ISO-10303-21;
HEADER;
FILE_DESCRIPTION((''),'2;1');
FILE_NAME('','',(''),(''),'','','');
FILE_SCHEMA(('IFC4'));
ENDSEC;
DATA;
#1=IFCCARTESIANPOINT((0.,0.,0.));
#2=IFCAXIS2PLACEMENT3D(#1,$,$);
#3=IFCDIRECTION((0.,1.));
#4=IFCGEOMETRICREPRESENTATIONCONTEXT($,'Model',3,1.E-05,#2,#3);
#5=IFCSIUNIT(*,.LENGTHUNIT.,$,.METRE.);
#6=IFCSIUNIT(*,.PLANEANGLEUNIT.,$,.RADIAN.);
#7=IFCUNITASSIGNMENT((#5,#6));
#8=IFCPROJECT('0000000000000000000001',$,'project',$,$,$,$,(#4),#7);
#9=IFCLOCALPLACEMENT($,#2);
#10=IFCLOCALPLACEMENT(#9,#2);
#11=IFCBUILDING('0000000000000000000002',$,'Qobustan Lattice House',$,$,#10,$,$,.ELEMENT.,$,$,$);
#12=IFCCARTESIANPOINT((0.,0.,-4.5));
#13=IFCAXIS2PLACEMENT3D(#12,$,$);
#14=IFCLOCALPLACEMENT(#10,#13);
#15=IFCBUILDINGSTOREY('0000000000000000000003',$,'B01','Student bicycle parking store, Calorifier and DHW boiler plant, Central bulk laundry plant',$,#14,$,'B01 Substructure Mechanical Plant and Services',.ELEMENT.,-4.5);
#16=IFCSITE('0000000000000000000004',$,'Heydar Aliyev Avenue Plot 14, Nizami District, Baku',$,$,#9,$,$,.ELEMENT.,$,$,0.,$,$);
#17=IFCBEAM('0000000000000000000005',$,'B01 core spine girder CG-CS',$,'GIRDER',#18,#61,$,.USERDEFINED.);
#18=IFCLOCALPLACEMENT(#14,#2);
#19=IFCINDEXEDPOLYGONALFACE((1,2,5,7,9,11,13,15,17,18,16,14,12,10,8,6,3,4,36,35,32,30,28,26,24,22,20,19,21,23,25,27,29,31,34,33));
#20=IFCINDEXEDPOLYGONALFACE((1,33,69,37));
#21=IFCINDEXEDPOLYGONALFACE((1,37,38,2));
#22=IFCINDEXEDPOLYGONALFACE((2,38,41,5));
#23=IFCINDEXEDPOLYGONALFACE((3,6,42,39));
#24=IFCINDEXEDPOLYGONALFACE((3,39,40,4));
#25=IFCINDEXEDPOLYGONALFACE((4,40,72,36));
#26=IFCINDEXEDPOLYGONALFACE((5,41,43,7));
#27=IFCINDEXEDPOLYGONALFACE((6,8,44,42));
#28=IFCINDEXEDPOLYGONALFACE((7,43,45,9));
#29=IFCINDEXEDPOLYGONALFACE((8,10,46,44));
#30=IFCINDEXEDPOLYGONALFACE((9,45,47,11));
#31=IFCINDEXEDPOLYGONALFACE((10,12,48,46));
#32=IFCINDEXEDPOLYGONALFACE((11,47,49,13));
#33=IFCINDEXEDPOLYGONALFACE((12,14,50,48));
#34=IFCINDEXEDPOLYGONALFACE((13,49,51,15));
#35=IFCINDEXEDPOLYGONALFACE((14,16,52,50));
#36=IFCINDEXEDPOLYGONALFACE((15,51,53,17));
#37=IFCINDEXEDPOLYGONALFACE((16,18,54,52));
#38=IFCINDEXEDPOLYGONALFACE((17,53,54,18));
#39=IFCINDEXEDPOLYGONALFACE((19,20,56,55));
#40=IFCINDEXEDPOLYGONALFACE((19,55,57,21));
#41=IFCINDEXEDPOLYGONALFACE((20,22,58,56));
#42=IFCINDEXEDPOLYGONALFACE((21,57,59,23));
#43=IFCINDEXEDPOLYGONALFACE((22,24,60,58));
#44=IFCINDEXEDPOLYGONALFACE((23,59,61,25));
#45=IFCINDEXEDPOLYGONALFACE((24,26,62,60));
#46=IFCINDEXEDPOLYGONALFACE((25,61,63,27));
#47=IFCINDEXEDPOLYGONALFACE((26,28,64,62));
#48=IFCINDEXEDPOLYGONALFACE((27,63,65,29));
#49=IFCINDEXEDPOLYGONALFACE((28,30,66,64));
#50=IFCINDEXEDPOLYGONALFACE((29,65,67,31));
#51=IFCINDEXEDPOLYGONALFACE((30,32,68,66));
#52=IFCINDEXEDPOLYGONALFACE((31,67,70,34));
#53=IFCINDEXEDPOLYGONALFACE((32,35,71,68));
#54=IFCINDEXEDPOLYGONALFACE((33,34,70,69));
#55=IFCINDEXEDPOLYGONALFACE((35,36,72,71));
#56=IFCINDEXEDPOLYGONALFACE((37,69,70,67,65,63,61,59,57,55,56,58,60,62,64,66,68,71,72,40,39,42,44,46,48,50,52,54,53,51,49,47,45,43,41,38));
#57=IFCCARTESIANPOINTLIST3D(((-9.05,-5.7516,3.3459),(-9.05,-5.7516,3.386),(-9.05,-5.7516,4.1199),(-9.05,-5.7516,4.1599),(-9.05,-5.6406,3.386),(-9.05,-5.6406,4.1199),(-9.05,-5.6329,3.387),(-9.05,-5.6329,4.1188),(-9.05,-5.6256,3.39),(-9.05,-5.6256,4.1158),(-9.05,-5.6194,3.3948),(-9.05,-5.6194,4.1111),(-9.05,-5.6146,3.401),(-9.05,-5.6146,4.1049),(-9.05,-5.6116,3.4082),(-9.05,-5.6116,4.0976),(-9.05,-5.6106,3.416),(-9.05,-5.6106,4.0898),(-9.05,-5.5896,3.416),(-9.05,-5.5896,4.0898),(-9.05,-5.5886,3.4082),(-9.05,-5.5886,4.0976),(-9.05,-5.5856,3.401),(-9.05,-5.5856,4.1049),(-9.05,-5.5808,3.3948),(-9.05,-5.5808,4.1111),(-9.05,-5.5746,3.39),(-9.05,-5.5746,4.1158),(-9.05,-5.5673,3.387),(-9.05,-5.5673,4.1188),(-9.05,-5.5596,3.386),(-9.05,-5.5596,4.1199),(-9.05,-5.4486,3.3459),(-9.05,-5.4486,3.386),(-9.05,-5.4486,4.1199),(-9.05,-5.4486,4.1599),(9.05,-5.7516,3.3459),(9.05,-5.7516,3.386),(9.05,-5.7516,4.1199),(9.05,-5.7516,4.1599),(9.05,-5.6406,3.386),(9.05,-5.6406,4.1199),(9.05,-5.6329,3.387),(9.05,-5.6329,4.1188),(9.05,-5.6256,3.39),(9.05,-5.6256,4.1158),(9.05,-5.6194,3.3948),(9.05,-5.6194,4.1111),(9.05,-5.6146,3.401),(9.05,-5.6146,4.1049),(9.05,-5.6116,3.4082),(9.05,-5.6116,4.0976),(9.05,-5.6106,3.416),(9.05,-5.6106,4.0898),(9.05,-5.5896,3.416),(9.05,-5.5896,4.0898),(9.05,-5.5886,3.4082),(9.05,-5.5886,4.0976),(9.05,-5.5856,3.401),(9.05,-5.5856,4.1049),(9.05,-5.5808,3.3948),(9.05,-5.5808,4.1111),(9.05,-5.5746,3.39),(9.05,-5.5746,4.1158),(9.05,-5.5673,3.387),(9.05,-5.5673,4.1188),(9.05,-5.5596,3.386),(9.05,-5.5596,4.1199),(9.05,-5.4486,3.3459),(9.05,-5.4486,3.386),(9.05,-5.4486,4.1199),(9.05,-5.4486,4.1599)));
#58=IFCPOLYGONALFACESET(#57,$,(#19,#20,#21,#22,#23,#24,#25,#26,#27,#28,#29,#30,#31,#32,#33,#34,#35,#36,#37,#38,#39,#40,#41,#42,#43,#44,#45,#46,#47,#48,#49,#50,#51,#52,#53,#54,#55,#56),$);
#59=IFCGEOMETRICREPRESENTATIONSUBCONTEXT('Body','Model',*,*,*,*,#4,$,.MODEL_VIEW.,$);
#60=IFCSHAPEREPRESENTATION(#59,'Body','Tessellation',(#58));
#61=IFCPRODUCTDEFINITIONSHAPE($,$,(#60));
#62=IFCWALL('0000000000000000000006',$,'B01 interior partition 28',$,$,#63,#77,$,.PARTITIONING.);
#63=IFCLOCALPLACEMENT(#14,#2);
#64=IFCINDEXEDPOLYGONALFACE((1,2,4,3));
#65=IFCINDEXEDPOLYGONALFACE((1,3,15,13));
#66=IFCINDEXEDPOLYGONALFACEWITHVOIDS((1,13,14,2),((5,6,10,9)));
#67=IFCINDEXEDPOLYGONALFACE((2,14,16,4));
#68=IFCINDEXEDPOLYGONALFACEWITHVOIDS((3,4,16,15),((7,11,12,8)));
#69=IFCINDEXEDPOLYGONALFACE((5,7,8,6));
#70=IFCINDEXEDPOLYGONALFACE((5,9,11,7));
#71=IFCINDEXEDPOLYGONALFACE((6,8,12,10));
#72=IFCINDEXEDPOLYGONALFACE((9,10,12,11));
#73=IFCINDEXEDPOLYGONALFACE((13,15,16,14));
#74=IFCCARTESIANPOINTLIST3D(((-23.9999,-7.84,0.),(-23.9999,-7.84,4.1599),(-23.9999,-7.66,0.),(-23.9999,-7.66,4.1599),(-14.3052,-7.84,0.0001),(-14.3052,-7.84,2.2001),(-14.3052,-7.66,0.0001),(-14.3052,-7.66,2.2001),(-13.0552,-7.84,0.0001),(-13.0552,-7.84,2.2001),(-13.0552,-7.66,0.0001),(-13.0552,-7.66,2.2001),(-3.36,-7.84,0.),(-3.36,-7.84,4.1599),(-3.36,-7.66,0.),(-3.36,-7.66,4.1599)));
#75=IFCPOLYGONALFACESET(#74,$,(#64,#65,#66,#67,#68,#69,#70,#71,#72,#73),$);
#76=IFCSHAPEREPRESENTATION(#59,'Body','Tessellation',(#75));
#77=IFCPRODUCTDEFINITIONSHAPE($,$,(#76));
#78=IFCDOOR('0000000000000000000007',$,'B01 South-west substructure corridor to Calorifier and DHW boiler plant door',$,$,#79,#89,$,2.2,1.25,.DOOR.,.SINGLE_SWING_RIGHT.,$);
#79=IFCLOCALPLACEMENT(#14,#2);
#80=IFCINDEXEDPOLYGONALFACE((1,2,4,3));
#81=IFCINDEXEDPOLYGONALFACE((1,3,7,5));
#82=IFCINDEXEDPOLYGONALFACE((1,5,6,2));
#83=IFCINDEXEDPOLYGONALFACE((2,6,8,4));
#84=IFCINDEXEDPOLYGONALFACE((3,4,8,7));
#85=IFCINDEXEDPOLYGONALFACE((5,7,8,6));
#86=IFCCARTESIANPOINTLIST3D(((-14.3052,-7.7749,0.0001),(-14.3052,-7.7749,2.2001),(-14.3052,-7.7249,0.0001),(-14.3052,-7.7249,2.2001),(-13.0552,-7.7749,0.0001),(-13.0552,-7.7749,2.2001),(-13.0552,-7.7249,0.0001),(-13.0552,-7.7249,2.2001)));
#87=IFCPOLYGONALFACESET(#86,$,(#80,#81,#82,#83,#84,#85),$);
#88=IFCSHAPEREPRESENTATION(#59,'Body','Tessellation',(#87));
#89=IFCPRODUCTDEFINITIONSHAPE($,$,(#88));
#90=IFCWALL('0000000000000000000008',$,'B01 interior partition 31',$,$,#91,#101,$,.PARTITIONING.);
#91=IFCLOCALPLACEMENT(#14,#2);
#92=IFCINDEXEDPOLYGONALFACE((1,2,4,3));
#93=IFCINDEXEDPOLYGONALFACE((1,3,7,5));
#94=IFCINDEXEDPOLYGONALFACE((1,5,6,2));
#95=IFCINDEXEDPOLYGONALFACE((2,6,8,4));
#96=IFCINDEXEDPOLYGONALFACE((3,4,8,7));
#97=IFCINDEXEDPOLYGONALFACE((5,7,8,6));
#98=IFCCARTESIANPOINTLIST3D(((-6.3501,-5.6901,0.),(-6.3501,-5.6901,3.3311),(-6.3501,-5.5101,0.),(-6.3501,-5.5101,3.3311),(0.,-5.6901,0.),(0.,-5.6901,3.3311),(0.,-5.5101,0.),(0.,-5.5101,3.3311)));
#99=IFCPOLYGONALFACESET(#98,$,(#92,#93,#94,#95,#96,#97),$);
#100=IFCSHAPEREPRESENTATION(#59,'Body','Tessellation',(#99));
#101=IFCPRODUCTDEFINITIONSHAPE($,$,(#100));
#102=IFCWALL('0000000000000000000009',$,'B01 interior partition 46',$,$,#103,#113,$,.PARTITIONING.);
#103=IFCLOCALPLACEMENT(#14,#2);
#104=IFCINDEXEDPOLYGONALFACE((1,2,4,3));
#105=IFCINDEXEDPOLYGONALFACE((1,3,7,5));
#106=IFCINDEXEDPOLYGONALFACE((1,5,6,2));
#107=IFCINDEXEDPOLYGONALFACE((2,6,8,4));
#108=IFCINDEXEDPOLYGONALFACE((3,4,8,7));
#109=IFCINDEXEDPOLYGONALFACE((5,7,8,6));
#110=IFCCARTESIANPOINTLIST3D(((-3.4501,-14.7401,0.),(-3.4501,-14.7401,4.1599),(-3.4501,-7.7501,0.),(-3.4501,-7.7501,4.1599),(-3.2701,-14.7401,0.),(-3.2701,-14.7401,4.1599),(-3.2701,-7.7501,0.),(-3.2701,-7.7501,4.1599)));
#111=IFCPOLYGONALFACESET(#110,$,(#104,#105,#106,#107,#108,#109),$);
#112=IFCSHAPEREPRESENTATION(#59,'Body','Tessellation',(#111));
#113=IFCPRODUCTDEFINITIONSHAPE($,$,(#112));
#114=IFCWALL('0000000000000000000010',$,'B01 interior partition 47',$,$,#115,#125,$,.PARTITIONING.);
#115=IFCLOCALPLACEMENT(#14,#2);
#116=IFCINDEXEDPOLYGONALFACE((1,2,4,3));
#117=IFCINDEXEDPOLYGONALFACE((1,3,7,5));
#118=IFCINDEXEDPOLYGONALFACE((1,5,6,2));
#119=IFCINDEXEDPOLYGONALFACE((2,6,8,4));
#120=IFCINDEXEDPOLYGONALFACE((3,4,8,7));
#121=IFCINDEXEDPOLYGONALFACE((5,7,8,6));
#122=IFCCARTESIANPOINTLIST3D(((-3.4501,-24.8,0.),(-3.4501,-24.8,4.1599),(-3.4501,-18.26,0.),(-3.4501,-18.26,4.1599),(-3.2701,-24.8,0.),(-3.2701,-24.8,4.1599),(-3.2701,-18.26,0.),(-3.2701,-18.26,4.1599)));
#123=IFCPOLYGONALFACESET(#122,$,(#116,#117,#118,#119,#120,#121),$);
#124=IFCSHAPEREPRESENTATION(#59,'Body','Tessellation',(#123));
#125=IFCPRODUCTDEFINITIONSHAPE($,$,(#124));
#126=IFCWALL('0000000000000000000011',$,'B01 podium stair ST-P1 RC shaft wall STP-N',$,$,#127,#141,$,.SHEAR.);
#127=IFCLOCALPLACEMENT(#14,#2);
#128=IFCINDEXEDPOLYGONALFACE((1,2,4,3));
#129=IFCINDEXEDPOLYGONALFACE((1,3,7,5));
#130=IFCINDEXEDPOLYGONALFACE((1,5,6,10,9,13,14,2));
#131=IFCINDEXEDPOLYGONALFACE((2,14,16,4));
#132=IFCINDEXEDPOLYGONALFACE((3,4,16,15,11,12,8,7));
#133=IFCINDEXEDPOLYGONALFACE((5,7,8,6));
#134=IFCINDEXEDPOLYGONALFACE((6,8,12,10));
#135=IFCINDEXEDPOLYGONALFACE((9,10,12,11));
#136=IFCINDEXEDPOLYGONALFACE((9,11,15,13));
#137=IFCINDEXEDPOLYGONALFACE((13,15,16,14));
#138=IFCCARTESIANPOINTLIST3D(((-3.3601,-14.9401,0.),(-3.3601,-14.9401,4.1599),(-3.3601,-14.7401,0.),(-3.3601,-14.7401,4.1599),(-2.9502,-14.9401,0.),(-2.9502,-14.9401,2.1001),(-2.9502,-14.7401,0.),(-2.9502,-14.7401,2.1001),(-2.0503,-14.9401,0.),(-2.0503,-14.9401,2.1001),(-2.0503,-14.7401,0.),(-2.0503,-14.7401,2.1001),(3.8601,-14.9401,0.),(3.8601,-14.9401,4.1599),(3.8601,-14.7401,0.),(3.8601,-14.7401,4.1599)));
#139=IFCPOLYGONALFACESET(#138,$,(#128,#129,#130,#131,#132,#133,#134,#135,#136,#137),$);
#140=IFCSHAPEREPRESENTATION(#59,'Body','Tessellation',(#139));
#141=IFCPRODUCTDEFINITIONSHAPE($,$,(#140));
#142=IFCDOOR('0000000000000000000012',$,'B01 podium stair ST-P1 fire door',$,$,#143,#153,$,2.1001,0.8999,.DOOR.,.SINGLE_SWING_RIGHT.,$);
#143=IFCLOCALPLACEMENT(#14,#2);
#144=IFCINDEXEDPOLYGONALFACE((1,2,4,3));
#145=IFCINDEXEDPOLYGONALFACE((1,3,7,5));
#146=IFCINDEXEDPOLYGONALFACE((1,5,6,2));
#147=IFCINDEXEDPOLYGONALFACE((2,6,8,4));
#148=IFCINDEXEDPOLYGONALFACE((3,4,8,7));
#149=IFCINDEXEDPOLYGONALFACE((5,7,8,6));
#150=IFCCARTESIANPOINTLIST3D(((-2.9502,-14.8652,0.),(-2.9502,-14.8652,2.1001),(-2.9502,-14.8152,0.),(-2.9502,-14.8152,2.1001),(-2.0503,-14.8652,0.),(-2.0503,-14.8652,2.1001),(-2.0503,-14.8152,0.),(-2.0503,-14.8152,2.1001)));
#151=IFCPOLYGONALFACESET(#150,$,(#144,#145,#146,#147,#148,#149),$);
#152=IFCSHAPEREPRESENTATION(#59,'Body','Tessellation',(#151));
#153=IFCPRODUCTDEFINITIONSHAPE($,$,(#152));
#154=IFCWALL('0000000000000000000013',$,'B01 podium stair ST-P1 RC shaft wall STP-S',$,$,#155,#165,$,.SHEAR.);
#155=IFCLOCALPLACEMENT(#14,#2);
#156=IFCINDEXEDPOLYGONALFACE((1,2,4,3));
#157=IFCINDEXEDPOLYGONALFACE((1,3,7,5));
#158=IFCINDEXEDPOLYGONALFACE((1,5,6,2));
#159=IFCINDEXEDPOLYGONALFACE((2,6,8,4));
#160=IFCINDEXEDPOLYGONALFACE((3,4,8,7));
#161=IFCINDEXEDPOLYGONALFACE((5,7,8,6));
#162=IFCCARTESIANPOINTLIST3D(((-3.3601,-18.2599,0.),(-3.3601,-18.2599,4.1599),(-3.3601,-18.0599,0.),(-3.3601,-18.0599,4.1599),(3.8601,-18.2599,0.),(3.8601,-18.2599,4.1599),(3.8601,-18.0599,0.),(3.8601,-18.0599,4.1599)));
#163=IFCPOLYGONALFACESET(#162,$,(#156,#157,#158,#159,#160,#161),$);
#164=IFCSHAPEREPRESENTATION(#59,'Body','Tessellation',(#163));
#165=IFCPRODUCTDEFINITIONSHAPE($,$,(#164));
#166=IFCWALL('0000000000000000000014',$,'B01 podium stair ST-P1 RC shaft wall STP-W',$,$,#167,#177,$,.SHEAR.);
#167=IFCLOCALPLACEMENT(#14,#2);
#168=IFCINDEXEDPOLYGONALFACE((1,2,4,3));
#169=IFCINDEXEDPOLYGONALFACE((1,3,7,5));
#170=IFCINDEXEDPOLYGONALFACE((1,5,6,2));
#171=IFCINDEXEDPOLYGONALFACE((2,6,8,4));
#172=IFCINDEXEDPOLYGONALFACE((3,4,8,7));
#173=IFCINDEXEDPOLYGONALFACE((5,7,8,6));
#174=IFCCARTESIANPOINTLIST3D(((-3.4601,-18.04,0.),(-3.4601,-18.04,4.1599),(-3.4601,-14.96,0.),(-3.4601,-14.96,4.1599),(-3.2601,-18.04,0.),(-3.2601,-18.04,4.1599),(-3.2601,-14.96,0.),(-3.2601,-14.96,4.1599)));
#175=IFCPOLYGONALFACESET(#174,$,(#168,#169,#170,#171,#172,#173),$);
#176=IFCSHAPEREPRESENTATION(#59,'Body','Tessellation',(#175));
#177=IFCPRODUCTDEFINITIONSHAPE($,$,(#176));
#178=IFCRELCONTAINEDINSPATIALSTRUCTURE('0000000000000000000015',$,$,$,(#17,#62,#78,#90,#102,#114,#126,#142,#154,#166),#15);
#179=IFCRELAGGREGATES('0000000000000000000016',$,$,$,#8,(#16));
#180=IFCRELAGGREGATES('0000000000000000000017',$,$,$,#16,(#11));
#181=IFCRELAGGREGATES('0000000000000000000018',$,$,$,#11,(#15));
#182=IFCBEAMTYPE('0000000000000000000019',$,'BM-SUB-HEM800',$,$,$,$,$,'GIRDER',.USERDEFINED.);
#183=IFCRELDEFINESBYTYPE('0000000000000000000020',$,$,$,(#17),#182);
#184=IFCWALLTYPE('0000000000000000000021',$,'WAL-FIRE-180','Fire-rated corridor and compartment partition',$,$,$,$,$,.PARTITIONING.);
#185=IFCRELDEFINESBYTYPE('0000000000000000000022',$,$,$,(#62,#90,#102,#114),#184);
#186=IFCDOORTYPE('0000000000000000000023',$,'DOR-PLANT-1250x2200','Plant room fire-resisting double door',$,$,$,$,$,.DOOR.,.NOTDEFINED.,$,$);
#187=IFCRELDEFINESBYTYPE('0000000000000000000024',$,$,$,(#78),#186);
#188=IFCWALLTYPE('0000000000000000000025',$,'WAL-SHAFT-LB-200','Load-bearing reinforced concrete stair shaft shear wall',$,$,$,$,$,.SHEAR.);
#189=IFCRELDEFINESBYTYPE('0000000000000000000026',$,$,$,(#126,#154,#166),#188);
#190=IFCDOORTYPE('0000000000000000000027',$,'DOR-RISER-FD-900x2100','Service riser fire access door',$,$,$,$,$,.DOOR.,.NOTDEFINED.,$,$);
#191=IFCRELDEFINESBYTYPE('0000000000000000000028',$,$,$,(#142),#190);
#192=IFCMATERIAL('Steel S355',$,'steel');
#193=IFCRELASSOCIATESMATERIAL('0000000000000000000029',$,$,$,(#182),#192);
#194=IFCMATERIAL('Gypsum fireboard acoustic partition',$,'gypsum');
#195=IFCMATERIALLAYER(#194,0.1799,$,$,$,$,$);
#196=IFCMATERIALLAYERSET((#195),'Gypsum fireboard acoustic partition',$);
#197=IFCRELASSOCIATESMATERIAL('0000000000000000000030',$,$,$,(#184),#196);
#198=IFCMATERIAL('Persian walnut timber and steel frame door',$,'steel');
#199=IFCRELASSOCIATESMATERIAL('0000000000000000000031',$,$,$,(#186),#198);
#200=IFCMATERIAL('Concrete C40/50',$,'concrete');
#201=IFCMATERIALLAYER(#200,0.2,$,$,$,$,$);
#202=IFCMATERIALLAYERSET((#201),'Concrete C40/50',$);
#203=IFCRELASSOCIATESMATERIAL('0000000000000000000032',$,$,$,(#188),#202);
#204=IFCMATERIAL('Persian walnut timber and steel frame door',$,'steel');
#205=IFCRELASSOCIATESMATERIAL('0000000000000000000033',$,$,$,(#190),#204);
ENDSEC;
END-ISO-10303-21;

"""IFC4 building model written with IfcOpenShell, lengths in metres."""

from ifc_helpers import new_model, si_unit, direction, frame, frame_2d, origin, origin_2d, place, context, subcontext, project, spatial, rectangle, i_section, extrude, material, layer, layer_set, material_profile, profile_set, type_object, element, fill, save


model = new_model("IFC4")

# Units and contexts
model_context = context("Model", 3, precision=1e-05, world=origin(), true_north=direction((0.0, 1.0)))
body_context = subcontext(model_context, "Body", "Model", "MODEL_VIEW")
ifc_project = project(units=[si_unit("LENGTHUNIT", "METRE"), si_unit("PLANEANGLEUNIT", "RADIAN")], contexts=[model_context])

# Site, building, storey
site_placement = place(None, origin())
site = spatial("IfcSite", under=ifc_project, at=site_placement, Name="Heydar Aliyev Avenue Plot 14, Nizami District, Baku", CompositionType="ELEMENT", RefElevation=0.0)
building_placement = place(site_placement, origin())
building = spatial("IfcBuilding", under=site, at=building_placement, Name="Qobustan Lattice House", CompositionType="ELEMENT")
storey_placement = place(building_placement, frame((0.0, 0.0, -4.5)))
storey = spatial("IfcBuildingStorey", under=building, at=storey_placement, Name="B01", Description="Student bicycle parking store, Calorifier and DHW boiler plant, Central bulk laundry plant", LongName="B01 Substructure Mechanical Plant and Services", CompositionType="ELEMENT", Elevation=-4.5)

# Beam
ifc_material_1 = material(Name="Steel S355", Category="steel")
ifc_material_profile_1 = material_profile(ifc_material_1, i_section(OverallWidth=0.303, OverallDepth=0.814, WebThickness=0.021, FlangeThickness=0.04, FilletRadius=0.03, at=origin_2d()), Name="HEM800")
ifc_profile_set_1 = profile_set([ifc_material_profile_1], Name="Steel S355")
beam_type_1 = type_object("IfcBeamType", Name="BM-SUB-HEM800", ElementType="GIRDER", PredefinedType="USERDEFINED", material=ifc_profile_set_1)
beam_1_placement = place(storey_placement, frame((-9.05, -5.6001, 3.7529), z_axis=(1.0, 0.0, 0.0), x_axis=(0.0, 1.0, 0.0)))
element("IfcBeam", 1, at=beam_1_placement, inside=storey, type_object=beam_type_1, Name="B01 core spine girder CG-CS", ObjectType="GIRDER", PredefinedType="USERDEFINED", context=body_context, shape_type="SweptSolid", body=[
    extrude(i_section(OverallWidth=0.303, OverallDepth=0.814, WebThickness=0.021, FlangeThickness=0.04, FilletRadius=0.03, at=origin_2d()), origin(), (0.0, 0.0, 1.0), 18.1001),
])

# Wall, opening, door
ifc_material_2 = material(Name="Gypsum fireboard acoustic partition", Category="gypsum")
ifc_layer_1 = layer(ifc_material_2, 0.1799)
ifc_layer_set_1 = layer_set([ifc_layer_1], Name="Gypsum fireboard acoustic partition")
wall_type_1 = type_object("IfcWallType", Name="WAL-FIRE-180", Description="Fire-rated corridor and compartment partition", PredefinedType="PARTITIONING", material=ifc_layer_set_1)
wall_1_placement = place(storey_placement, frame((-3.3601, -7.75, 0.0), z_axis=(0.0, 0.0, 1.0), x_axis=(-1.0, 0.0, 0.0)))
wall_1 = element("IfcWall", 2, at=wall_1_placement, inside=storey, type_object=wall_type_1, Name="B01 interior partition 28", PredefinedType="PARTITIONING", context=body_context, shape_type="SweptSolid", body=[
    extrude(rectangle(XDim=20.6399, YDim=0.1799, at=frame_2d((10.3198, 0.0))), origin(), (0.0, 0.0, 1.0), 4.1599),
])
opening_1_placement = place(wall_1_placement, frame((9.6951, 0.0, 0.0)))
opening_1 = element("IfcOpeningElement", 3, at=opening_1_placement, cuts=wall_1, PredefinedType="OPENING", context=body_context, shape_type="SweptSolid", body=[
    extrude(rectangle(XDim=1.25, YDim=2.2, at=frame_2d((0.625, 1.1001))), frame((0.0, 0.0999, 0.0), z_axis=(0.0, -1.0, 0.0), x_axis=(1.0, 0.0, 0.0)), (0.0, 0.0, 1.0), 0.2),
])
ifc_material_3 = material(Name="Persian walnut timber and steel frame door", Category="steel")
door_type_1 = type_object("IfcDoorType", Name="DOR-PLANT-1250x2200", Description="Plant room fire-resisting double door", OperationType="NOTDEFINED", PredefinedType="DOOR", material=ifc_material_3)
door_1_placement = place(opening_1_placement, origin())
door_1 = element("IfcDoor", 4, at=door_1_placement, inside=storey, type_object=door_type_1, Name="B01 South-west substructure corridor to Calorifier and DHW boiler plant door", OperationType="SINGLE_SWING_RIGHT", OverallHeight=2.2, OverallWidth=1.25, PredefinedType="DOOR", context=body_context, shape_type="SweptSolid", body=[
    extrude(rectangle(XDim=1.25, YDim=2.2, at=frame_2d((0.625, 1.1001))), frame((0.0, 0.0249, 0.0), z_axis=(0.0, -1.0, 0.0), x_axis=(1.0, 0.0, 0.0)), (0.0, 0.0, 1.0), 0.05),
])
fill(opening_1, door_1)

# Walls
wall_2_placement = place(storey_placement, frame((-6.3501, -5.6001, 0.0), z_axis=(0.0, 0.0, 1.0), x_axis=(1.0, 0.0, 0.0)))
element("IfcWall", 5, at=wall_2_placement, inside=storey, type_object=wall_type_1, Name="B01 interior partition 31", PredefinedType="PARTITIONING", context=body_context, shape_type="SweptSolid", body=[
    extrude(rectangle(XDim=6.3501, YDim=0.1799, at=frame_2d((3.175, 0.0))), origin(), (0.0, 0.0, 1.0), 3.3311),
])
wall_3_placement = place(storey_placement, frame((-3.3601, -7.75, 0.0), z_axis=(0.0, 0.0, 1.0), x_axis=(0.0, -1.0, 0.0)))
element("IfcWall", 6, at=wall_3_placement, inside=storey, type_object=wall_type_1, Name="B01 interior partition 46", PredefinedType="PARTITIONING", context=body_context, shape_type="SweptSolid", body=[
    extrude(rectangle(XDim=6.99, YDim=0.1799, at=frame_2d((3.4951, 0.0))), origin(), (0.0, 0.0, 1.0), 4.1599),
])
wall_4_placement = place(storey_placement, frame((-3.3601, -18.26, 0.0), z_axis=(0.0, 0.0, 1.0), x_axis=(0.0, -1.0, 0.0)))
element("IfcWall", 7, at=wall_4_placement, inside=storey, type_object=wall_type_1, Name="B01 interior partition 47", PredefinedType="PARTITIONING", context=body_context, shape_type="SweptSolid", body=[
    extrude(rectangle(XDim=6.54, YDim=0.1799, at=frame_2d((3.27, 0.0))), origin(), (0.0, 0.0, 1.0), 4.1599),
])

# Wall, opening, door
ifc_material_4 = material(Name="Concrete C40/50", Category="concrete")
ifc_layer_2 = layer(ifc_material_4, 0.2)
ifc_layer_set_2 = layer_set([ifc_layer_2], Name="Concrete C40/50")
wall_type_2 = type_object("IfcWallType", Name="WAL-SHAFT-LB-200", Description="Load-bearing reinforced concrete stair shaft shear wall", PredefinedType="SHEAR", material=ifc_layer_set_2)
wall_5_placement = place(storey_placement, frame((-3.3601, -14.8401, 0.0), z_axis=(0.0, 0.0, 1.0), x_axis=(1.0, 0.0, 0.0)))
wall_5 = element("IfcWall", 8, at=wall_5_placement, inside=storey, type_object=wall_type_2, Name="B01 podium stair ST-P1 RC shaft wall STP-N", PredefinedType="SHEAR", context=body_context, shape_type="SweptSolid", body=[
    extrude(rectangle(XDim=7.2202, YDim=0.2, at=frame_2d((3.6101, 0.0))), origin(), (0.0, 0.0, 1.0), 4.1599),
])
opening_2_placement = place(wall_5_placement, frame((0.4099, 0.0, 0.0)))
opening_2 = element("IfcOpeningElement", 9, at=opening_2_placement, cuts=wall_5, PredefinedType="OPENING", context=body_context, shape_type="SweptSolid", body=[
    extrude(rectangle(XDim=0.8999, YDim=2.1001, at=frame_2d((0.45, 1.05))), frame((0.0, 0.1099, 0.0), z_axis=(0.0, -1.0, 0.0), x_axis=(1.0, 0.0, 0.0)), (0.0, 0.0, 1.0), 0.22),
])
ifc_material_5 = material(Name="Persian walnut timber and steel frame door", Category="steel")
door_type_2 = type_object("IfcDoorType", Name="DOR-RISER-FD-900x2100", Description="Service riser fire access door", OperationType="NOTDEFINED", PredefinedType="DOOR", material=ifc_material_5)
door_2_placement = place(opening_2_placement, origin())
door_2 = element("IfcDoor", 10, at=door_2_placement, inside=storey, type_object=door_type_2, Name="B01 podium stair ST-P1 fire door", OperationType="SINGLE_SWING_RIGHT", OverallHeight=2.1001, OverallWidth=0.8999, PredefinedType="DOOR", context=body_context, shape_type="SweptSolid", body=[
    extrude(rectangle(XDim=0.8999, YDim=2.1001, at=frame_2d((0.45, 1.05))), frame((0.0, 0.0249, 0.0), z_axis=(0.0, -1.0, 0.0), x_axis=(1.0, 0.0, 0.0)), (0.0, 0.0, 1.0), 0.05),
])
fill(opening_2, door_2)

# Walls
wall_6_placement = place(storey_placement, frame((-3.3601, -18.1599, 0.0), z_axis=(0.0, 0.0, 1.0), x_axis=(1.0, 0.0, 0.0)))
element("IfcWall", 11, at=wall_6_placement, inside=storey, type_object=wall_type_2, Name="B01 podium stair ST-P1 RC shaft wall STP-S", PredefinedType="SHEAR", context=body_context, shape_type="SweptSolid", body=[
    extrude(rectangle(XDim=7.2202, YDim=0.2, at=frame_2d((3.6101, 0.0))), origin(), (0.0, 0.0, 1.0), 4.1599),
])
wall_7_placement = place(storey_placement, frame((-3.3601, -18.04, 0.0), z_axis=(0.0, 0.0, 1.0), x_axis=(0.0, 1.0, 0.0)))
element("IfcWall", 12, at=wall_7_placement, inside=storey, type_object=wall_type_2, Name="B01 podium stair ST-P1 RC shaft wall STP-W", PredefinedType="SHEAR", context=body_context, shape_type="SweptSolid", body=[
    extrude(rectangle(XDim=3.0801, YDim=0.2, at=frame_2d((1.54, 0.0))), origin(), (0.0, 0.0, 1.0), 4.1599),
])

save(model, "model.ifc")
